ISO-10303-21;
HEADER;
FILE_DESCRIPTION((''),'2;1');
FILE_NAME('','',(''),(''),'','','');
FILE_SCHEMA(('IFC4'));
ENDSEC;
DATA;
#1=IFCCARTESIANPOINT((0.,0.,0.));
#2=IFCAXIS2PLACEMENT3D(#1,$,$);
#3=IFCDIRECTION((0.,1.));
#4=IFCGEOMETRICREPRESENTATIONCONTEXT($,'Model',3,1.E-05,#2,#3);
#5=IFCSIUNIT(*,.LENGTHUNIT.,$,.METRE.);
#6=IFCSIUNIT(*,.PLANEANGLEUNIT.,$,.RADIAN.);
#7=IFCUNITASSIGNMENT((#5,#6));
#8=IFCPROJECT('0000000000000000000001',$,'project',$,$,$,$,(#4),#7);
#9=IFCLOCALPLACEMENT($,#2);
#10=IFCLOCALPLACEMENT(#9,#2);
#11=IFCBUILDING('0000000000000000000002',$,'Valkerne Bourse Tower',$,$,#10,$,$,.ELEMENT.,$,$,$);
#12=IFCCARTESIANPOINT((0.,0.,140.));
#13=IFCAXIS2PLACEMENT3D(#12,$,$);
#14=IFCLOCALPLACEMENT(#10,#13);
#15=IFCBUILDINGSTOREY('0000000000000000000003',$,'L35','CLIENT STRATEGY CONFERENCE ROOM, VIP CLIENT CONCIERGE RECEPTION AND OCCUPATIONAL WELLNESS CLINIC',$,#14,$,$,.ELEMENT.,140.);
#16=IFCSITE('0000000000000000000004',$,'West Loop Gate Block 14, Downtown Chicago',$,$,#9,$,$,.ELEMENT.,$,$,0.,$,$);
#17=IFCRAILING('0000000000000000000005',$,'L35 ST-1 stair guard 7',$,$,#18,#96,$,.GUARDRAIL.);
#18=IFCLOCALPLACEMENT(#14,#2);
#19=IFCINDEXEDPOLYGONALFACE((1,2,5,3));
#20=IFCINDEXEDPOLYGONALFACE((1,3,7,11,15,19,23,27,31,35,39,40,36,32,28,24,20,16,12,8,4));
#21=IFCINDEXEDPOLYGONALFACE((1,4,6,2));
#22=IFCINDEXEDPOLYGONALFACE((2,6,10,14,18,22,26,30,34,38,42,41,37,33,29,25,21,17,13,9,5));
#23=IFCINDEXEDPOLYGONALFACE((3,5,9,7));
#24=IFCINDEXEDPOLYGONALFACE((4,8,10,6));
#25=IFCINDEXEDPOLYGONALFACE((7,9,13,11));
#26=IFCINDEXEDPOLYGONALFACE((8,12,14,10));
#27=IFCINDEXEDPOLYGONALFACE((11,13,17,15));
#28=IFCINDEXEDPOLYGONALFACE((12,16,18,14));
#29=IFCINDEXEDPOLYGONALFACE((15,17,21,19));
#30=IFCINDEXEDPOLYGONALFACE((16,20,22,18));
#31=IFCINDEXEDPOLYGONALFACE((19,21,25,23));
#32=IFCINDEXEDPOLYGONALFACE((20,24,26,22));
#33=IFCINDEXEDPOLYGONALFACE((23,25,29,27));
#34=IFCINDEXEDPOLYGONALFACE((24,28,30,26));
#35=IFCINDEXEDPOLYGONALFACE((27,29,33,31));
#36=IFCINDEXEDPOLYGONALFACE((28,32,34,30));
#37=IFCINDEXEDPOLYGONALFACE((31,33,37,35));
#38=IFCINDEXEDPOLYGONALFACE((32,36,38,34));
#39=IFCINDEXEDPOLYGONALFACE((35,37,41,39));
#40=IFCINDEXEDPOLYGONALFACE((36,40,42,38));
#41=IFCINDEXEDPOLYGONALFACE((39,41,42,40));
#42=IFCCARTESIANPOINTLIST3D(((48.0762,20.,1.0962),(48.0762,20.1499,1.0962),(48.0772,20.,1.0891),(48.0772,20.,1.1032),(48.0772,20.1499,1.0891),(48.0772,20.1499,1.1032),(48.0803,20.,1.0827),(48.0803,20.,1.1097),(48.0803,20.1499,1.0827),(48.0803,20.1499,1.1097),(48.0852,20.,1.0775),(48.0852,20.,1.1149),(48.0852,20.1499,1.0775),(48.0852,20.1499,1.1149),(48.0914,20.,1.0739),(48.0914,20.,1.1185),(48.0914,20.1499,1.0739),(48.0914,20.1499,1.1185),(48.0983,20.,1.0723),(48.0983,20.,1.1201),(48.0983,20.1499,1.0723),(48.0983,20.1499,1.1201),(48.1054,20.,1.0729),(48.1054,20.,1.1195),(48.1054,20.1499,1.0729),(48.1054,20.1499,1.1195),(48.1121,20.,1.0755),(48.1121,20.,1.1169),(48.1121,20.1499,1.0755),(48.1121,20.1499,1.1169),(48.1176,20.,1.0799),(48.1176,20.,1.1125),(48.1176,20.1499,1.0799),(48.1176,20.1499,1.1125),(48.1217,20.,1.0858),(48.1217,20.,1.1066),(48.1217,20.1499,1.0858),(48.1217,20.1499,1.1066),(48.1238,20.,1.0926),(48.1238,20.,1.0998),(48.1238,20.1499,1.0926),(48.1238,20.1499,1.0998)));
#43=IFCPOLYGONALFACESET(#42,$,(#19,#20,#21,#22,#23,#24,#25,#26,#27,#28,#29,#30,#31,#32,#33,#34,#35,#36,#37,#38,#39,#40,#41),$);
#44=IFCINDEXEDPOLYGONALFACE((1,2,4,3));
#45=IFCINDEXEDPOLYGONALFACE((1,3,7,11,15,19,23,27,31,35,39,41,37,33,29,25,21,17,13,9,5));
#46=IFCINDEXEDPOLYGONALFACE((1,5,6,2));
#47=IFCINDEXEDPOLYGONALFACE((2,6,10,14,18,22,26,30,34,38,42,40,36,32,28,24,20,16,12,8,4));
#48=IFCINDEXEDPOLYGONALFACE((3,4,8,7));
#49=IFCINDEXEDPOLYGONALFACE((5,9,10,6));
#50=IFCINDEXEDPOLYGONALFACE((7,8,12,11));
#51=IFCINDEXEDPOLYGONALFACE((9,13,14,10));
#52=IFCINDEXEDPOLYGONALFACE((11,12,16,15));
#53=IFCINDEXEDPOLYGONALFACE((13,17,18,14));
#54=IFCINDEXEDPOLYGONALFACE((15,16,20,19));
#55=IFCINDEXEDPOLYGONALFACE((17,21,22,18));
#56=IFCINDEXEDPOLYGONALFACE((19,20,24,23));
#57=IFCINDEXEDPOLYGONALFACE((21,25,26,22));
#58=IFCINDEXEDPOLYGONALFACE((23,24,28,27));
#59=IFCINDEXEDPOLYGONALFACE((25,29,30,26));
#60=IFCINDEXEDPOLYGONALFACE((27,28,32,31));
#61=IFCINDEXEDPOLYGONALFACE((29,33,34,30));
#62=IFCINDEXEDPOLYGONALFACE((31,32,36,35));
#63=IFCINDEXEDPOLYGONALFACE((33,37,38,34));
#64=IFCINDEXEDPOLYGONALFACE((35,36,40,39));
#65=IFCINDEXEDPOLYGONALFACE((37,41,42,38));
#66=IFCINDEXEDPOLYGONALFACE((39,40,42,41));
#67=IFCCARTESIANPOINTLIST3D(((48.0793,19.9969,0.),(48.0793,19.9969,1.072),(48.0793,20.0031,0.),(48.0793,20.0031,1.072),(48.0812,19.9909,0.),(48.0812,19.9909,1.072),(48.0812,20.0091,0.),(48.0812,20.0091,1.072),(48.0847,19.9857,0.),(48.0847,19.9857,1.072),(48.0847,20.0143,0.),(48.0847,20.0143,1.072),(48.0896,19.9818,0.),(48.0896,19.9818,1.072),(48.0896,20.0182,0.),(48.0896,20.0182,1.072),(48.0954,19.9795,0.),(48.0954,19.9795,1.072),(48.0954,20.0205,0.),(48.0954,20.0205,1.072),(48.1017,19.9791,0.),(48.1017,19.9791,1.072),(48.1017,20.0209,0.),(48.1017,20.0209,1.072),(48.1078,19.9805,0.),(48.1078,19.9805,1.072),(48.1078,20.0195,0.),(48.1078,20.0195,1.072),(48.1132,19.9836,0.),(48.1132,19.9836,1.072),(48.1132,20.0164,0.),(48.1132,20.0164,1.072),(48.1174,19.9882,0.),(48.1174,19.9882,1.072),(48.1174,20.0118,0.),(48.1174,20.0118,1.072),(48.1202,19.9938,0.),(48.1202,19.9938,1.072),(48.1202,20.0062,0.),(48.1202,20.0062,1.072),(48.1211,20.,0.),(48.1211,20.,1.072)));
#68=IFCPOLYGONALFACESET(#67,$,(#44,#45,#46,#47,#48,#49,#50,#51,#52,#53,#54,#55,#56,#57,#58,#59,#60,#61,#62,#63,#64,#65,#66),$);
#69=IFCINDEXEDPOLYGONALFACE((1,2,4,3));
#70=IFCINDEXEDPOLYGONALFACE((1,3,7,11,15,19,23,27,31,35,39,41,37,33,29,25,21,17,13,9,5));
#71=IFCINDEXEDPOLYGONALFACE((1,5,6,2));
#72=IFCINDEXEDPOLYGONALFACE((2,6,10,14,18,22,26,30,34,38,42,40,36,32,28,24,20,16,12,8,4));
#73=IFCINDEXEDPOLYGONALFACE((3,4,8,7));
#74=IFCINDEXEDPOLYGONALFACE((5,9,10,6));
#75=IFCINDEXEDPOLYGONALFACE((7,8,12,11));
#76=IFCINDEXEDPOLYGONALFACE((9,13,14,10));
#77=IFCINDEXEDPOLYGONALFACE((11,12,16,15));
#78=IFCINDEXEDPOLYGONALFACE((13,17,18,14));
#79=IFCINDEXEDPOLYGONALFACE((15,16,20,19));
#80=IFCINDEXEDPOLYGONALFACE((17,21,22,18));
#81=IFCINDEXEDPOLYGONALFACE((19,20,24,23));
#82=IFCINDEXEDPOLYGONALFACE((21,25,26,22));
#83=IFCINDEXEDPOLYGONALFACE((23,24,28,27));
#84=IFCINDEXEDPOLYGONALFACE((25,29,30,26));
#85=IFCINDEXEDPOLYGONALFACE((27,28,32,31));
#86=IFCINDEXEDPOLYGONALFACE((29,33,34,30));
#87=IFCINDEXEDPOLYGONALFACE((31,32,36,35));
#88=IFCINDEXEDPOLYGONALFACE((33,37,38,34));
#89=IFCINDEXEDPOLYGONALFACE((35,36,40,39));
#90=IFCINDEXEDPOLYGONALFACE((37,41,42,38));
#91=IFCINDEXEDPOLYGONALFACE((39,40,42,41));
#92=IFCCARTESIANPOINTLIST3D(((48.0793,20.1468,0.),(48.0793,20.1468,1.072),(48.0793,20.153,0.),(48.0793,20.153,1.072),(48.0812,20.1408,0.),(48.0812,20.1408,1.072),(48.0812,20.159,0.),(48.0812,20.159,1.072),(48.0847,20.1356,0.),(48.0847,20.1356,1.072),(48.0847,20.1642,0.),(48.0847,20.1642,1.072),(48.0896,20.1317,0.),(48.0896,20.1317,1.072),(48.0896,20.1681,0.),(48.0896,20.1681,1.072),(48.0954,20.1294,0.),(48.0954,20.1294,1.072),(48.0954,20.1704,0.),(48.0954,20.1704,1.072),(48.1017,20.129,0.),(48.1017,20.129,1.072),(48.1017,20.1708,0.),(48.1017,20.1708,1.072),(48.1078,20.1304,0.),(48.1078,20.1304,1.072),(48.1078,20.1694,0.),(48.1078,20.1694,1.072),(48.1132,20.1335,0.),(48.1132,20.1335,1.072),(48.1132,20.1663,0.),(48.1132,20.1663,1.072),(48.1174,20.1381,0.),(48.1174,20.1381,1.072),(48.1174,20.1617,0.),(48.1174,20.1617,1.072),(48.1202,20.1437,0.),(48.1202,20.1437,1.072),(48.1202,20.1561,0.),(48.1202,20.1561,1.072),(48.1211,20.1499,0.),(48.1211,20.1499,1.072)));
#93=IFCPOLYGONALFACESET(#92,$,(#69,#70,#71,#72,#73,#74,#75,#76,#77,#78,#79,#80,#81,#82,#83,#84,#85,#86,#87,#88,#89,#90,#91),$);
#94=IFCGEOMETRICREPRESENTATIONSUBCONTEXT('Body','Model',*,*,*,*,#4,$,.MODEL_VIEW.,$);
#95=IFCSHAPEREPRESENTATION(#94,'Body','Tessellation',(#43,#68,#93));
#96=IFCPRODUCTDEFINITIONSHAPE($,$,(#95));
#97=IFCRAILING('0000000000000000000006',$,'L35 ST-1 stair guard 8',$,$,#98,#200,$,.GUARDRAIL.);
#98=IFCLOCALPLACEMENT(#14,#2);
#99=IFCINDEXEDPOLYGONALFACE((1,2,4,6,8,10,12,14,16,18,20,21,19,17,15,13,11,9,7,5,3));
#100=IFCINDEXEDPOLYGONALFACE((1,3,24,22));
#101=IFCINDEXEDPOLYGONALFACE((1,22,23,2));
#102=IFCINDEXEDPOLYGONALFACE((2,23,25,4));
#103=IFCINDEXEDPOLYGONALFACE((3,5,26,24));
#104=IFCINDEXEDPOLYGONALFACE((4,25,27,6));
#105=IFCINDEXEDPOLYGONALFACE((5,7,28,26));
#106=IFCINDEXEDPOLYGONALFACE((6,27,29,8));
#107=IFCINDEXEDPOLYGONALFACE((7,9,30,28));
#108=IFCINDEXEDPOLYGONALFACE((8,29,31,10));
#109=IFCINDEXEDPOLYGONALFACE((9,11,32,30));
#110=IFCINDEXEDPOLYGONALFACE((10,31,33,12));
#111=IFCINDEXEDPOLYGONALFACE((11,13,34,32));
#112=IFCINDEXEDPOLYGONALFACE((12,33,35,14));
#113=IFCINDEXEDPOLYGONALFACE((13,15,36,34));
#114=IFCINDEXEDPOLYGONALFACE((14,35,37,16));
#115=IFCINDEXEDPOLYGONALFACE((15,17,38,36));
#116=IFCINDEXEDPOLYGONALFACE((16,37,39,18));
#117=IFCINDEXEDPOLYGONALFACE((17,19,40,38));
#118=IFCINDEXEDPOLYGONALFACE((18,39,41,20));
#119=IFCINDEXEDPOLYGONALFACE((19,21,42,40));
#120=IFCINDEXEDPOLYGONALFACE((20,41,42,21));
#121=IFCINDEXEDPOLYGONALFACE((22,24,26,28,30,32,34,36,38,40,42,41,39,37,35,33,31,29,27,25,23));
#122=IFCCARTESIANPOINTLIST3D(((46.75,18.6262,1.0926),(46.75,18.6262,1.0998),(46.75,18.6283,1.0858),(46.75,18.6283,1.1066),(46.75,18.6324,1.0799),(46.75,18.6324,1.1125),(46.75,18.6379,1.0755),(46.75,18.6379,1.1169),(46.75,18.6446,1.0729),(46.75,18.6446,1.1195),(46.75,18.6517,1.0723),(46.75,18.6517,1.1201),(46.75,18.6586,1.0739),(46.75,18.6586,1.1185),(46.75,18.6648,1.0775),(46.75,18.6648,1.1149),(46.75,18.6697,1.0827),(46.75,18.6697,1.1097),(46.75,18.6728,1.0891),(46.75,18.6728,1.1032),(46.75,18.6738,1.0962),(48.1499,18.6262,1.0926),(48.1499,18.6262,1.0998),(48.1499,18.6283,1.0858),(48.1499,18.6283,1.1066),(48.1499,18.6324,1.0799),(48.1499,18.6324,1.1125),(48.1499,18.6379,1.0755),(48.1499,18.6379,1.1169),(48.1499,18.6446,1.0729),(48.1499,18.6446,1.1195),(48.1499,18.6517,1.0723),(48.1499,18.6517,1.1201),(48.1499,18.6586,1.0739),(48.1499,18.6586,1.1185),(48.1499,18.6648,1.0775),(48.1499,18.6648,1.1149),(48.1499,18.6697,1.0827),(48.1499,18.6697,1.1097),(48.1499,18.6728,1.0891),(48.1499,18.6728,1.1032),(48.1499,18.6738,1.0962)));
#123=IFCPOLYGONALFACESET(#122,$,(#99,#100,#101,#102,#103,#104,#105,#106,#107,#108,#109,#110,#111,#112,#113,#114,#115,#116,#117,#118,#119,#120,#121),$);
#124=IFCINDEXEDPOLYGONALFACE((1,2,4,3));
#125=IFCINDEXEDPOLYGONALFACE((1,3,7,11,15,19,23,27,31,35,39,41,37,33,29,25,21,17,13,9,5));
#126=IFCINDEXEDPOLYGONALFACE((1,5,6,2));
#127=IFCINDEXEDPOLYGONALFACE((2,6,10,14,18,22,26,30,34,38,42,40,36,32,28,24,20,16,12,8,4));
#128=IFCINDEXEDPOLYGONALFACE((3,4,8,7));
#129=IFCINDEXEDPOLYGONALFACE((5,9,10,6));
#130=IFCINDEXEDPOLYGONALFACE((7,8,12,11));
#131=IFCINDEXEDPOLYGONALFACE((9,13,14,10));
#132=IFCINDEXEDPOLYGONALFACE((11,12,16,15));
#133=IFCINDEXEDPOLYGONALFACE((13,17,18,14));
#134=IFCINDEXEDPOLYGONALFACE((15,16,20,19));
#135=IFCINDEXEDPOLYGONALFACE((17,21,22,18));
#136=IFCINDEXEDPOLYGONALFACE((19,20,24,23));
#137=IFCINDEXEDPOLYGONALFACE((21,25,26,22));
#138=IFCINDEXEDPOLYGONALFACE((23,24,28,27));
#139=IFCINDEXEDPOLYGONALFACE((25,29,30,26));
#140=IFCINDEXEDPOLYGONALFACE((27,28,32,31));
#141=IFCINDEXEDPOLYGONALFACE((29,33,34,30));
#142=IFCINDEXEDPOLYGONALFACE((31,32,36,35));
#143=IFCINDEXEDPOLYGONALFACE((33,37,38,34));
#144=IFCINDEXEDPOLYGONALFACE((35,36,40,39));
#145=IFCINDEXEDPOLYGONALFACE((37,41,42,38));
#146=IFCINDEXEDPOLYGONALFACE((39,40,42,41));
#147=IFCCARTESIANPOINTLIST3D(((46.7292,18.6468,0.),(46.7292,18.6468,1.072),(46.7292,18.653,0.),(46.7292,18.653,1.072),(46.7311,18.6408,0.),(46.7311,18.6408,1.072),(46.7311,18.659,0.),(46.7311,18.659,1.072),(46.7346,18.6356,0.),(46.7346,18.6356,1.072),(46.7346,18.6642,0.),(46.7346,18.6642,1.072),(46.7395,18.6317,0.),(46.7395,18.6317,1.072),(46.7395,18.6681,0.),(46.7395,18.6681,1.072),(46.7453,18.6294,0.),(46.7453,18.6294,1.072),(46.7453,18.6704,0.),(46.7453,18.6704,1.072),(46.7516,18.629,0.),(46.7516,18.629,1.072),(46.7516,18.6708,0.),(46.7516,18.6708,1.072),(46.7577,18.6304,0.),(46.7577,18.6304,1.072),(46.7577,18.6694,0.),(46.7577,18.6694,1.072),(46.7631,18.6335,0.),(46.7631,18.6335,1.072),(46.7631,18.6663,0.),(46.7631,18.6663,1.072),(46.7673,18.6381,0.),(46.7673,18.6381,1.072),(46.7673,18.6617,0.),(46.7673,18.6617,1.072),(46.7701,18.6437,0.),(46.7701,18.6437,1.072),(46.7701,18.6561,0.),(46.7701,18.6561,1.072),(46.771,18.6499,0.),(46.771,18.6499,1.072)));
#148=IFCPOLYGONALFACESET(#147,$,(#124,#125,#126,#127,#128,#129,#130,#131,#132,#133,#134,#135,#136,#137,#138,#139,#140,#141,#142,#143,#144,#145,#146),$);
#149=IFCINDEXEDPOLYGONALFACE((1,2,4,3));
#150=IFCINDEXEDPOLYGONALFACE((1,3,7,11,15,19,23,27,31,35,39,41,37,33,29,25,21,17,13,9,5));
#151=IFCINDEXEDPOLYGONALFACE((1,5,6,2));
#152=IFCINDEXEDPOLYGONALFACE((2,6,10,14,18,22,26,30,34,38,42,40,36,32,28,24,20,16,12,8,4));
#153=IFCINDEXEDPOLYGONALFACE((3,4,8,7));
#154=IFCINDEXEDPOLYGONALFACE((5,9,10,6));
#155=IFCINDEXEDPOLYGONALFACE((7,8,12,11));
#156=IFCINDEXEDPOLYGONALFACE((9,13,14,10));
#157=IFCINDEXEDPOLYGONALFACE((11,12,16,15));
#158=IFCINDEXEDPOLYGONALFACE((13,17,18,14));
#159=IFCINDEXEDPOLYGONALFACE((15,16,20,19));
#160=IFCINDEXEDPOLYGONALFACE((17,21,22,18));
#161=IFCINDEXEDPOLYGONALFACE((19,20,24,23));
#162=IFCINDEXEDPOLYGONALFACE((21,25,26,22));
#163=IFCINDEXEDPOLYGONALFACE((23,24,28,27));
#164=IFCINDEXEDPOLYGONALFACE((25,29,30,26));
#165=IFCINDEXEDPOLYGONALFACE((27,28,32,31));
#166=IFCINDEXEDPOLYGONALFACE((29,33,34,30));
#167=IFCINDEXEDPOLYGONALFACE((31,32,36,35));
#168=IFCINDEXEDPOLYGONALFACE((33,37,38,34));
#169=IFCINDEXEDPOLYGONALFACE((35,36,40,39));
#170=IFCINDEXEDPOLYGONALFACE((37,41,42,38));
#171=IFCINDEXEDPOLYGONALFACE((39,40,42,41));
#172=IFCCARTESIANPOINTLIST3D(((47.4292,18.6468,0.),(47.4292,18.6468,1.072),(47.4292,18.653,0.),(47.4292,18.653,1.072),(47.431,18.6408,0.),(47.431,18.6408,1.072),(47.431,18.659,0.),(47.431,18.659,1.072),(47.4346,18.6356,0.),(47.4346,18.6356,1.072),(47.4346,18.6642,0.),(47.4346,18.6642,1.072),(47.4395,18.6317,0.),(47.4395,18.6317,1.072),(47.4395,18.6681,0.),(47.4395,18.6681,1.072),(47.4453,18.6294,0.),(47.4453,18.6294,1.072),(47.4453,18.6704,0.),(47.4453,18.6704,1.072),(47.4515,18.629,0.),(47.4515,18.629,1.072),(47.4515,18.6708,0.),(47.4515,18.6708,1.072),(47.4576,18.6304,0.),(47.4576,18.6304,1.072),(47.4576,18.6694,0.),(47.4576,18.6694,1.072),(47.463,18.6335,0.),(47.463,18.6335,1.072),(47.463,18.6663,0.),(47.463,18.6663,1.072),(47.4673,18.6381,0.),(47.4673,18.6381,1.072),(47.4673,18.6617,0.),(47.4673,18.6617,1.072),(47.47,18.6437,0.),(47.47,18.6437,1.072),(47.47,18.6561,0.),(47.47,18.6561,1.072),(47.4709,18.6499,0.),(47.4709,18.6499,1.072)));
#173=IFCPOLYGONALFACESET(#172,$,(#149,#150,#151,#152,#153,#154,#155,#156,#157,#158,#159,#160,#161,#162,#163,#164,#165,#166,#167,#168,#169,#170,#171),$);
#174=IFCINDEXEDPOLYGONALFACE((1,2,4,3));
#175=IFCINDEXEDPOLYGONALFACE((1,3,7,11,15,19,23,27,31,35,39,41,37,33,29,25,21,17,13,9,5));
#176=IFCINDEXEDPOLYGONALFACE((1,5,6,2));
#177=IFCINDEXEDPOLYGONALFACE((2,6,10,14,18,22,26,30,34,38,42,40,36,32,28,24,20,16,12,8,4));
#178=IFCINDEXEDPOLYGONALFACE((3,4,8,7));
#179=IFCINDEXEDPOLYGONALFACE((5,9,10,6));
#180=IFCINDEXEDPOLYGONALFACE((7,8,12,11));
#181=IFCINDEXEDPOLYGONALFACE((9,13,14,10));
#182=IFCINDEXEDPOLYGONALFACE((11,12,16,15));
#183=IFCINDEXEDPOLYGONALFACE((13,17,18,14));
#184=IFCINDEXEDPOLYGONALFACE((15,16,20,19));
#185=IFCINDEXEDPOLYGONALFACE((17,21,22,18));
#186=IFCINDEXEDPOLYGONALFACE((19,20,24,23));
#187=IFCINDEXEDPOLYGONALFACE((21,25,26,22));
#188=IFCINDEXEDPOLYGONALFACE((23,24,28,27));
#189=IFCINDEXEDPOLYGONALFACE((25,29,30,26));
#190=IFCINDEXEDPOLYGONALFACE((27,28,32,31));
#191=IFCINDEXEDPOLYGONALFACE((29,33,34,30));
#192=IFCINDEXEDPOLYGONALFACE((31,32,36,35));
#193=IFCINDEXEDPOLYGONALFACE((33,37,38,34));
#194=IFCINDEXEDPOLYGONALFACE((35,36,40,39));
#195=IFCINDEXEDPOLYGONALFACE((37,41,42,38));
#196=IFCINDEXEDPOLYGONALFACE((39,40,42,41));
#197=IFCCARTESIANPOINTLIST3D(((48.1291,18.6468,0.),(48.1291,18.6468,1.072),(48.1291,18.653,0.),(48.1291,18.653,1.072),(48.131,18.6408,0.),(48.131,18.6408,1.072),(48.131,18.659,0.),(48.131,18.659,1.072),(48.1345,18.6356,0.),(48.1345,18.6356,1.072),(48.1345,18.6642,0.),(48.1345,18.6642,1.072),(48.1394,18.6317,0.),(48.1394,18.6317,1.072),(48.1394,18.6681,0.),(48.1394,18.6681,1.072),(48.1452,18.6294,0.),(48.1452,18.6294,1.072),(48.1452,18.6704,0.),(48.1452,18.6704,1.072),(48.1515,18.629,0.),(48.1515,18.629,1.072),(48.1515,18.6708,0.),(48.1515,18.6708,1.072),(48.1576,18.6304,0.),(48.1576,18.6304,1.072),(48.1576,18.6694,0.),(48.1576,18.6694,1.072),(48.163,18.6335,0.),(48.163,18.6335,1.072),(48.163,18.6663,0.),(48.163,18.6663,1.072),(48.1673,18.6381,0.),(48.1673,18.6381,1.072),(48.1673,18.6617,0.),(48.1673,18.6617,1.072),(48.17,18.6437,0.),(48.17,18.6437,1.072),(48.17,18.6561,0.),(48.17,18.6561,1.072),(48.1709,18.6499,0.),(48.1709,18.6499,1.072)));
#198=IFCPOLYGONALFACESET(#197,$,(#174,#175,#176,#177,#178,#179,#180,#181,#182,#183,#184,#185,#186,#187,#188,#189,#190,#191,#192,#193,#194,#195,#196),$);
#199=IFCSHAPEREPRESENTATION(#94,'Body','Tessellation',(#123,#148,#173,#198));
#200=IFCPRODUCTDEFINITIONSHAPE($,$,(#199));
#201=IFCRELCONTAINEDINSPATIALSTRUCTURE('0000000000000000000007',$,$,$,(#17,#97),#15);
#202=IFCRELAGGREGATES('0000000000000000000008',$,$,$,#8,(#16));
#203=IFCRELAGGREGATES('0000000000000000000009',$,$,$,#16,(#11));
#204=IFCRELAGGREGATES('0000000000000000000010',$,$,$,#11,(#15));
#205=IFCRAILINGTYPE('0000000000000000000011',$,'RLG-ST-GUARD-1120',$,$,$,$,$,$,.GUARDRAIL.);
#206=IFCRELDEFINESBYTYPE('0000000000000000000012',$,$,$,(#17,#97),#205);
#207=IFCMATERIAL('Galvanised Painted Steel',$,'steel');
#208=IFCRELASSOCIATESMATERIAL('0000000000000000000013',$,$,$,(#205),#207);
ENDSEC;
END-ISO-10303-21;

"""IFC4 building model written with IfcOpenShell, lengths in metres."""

from ifc_helpers import new_model, si_unit, direction, frame, origin, origin_2d, place, context, subcontext, project, spatial, circle, extrude, material, type_object, element, save


model = new_model("IFC4")

# Units and contexts
model_context = context("Model", 3, precision=1e-05, world=origin(), true_north=direction((0.0, 1.0)))
body_context = subcontext(model_context, "Body", "Model", "MODEL_VIEW")
ifc_project = project(units=[si_unit("LENGTHUNIT", "METRE"), si_unit("PLANEANGLEUNIT", "RADIAN")], contexts=[model_context])

# Site, building, storey
site_placement = place(None, origin())
site = spatial("IfcSite", under=ifc_project, at=site_placement, Name="West Loop Gate Block 14, Downtown Chicago", CompositionType="ELEMENT", RefElevation=0.0)
building_placement = place(site_placement, origin())
building = spatial("IfcBuilding", under=site, at=building_placement, Name="Valkerne Bourse Tower", CompositionType="ELEMENT")
storey_placement = place(building_placement, frame((0.0, 0.0, 140.0)))
storey = spatial("IfcBuildingStorey", under=building, at=storey_placement, Name="L35", Description="CLIENT STRATEGY CONFERENCE ROOM, VIP CLIENT CONCIERGE RECEPTION AND OCCUPATIONAL WELLNESS CLINIC", CompositionType="ELEMENT", Elevation=140.0)

# Shared definitions
ifc_material_1 = material(Name="Galvanised Painted Steel", Category="steel")

# Railings
railing_type_1 = type_object("IfcRailingType", Name="RLG-ST-GUARD-1120", PredefinedType="GUARDRAIL", material=ifc_material_1)
railing_1_placement = place(storey_placement, frame((48.1001, 20.0, 0.0)))
element("IfcRailing", 1, at=railing_1_placement, inside=storey, type_object=railing_type_1, Name="L35 ST-1 stair guard 7", PredefinedType="GUARDRAIL", context=body_context, shape_type="SweptSolid", body=[
    extrude(circle(Radius=0.0239, at=origin_2d()), frame((0.0, 0.0, 1.0962), z_axis=(0.0, 1.0, 0.0), x_axis=(-1.0, 0.0, 0.0)), (0.0, 0.0, 1.0), 0.1499),
    extrude(circle(Radius=0.021, at=origin_2d()), origin(), (0.0, 0.0, 1.0), 1.072),
    extrude(circle(Radius=0.021, at=origin_2d()), frame((0.0, 0.1499, 0.0)), (0.0, 0.0, 1.0), 1.072),
])
for number, where, name in (
    (2, (46.75, 18.6499, 0.0), "L35 ST-1 stair guard 8"),
):
    element("IfcRailing", number, at=place(storey_placement, frame(where)), inside=storey, type_object=railing_type_1, Name=name, PredefinedType="GUARDRAIL", context=body_context, shape_type="SweptSolid", body=[
        extrude(circle(Radius=0.0239, at=origin_2d()), frame((0.0, 0.0, 1.0962), z_axis=(1.0, 0.0, 0.0), x_axis=(0.0, 1.0, 0.0)), (0.0, 0.0, 1.0), 1.3999),
        extrude(circle(Radius=0.021, at=origin_2d()), origin(), (0.0, 0.0, 1.0), 1.072),
        extrude(circle(Radius=0.021, at=origin_2d()), frame((0.7, 0.0, 0.0)), (0.0, 0.0, 1.0), 1.072),
        extrude(circle(Radius=0.021, at=origin_2d()), frame((1.3999, 0.0, 0.0)), (0.0, 0.0, 1.0), 1.072),
    ])

save(model, "model.ifc")
